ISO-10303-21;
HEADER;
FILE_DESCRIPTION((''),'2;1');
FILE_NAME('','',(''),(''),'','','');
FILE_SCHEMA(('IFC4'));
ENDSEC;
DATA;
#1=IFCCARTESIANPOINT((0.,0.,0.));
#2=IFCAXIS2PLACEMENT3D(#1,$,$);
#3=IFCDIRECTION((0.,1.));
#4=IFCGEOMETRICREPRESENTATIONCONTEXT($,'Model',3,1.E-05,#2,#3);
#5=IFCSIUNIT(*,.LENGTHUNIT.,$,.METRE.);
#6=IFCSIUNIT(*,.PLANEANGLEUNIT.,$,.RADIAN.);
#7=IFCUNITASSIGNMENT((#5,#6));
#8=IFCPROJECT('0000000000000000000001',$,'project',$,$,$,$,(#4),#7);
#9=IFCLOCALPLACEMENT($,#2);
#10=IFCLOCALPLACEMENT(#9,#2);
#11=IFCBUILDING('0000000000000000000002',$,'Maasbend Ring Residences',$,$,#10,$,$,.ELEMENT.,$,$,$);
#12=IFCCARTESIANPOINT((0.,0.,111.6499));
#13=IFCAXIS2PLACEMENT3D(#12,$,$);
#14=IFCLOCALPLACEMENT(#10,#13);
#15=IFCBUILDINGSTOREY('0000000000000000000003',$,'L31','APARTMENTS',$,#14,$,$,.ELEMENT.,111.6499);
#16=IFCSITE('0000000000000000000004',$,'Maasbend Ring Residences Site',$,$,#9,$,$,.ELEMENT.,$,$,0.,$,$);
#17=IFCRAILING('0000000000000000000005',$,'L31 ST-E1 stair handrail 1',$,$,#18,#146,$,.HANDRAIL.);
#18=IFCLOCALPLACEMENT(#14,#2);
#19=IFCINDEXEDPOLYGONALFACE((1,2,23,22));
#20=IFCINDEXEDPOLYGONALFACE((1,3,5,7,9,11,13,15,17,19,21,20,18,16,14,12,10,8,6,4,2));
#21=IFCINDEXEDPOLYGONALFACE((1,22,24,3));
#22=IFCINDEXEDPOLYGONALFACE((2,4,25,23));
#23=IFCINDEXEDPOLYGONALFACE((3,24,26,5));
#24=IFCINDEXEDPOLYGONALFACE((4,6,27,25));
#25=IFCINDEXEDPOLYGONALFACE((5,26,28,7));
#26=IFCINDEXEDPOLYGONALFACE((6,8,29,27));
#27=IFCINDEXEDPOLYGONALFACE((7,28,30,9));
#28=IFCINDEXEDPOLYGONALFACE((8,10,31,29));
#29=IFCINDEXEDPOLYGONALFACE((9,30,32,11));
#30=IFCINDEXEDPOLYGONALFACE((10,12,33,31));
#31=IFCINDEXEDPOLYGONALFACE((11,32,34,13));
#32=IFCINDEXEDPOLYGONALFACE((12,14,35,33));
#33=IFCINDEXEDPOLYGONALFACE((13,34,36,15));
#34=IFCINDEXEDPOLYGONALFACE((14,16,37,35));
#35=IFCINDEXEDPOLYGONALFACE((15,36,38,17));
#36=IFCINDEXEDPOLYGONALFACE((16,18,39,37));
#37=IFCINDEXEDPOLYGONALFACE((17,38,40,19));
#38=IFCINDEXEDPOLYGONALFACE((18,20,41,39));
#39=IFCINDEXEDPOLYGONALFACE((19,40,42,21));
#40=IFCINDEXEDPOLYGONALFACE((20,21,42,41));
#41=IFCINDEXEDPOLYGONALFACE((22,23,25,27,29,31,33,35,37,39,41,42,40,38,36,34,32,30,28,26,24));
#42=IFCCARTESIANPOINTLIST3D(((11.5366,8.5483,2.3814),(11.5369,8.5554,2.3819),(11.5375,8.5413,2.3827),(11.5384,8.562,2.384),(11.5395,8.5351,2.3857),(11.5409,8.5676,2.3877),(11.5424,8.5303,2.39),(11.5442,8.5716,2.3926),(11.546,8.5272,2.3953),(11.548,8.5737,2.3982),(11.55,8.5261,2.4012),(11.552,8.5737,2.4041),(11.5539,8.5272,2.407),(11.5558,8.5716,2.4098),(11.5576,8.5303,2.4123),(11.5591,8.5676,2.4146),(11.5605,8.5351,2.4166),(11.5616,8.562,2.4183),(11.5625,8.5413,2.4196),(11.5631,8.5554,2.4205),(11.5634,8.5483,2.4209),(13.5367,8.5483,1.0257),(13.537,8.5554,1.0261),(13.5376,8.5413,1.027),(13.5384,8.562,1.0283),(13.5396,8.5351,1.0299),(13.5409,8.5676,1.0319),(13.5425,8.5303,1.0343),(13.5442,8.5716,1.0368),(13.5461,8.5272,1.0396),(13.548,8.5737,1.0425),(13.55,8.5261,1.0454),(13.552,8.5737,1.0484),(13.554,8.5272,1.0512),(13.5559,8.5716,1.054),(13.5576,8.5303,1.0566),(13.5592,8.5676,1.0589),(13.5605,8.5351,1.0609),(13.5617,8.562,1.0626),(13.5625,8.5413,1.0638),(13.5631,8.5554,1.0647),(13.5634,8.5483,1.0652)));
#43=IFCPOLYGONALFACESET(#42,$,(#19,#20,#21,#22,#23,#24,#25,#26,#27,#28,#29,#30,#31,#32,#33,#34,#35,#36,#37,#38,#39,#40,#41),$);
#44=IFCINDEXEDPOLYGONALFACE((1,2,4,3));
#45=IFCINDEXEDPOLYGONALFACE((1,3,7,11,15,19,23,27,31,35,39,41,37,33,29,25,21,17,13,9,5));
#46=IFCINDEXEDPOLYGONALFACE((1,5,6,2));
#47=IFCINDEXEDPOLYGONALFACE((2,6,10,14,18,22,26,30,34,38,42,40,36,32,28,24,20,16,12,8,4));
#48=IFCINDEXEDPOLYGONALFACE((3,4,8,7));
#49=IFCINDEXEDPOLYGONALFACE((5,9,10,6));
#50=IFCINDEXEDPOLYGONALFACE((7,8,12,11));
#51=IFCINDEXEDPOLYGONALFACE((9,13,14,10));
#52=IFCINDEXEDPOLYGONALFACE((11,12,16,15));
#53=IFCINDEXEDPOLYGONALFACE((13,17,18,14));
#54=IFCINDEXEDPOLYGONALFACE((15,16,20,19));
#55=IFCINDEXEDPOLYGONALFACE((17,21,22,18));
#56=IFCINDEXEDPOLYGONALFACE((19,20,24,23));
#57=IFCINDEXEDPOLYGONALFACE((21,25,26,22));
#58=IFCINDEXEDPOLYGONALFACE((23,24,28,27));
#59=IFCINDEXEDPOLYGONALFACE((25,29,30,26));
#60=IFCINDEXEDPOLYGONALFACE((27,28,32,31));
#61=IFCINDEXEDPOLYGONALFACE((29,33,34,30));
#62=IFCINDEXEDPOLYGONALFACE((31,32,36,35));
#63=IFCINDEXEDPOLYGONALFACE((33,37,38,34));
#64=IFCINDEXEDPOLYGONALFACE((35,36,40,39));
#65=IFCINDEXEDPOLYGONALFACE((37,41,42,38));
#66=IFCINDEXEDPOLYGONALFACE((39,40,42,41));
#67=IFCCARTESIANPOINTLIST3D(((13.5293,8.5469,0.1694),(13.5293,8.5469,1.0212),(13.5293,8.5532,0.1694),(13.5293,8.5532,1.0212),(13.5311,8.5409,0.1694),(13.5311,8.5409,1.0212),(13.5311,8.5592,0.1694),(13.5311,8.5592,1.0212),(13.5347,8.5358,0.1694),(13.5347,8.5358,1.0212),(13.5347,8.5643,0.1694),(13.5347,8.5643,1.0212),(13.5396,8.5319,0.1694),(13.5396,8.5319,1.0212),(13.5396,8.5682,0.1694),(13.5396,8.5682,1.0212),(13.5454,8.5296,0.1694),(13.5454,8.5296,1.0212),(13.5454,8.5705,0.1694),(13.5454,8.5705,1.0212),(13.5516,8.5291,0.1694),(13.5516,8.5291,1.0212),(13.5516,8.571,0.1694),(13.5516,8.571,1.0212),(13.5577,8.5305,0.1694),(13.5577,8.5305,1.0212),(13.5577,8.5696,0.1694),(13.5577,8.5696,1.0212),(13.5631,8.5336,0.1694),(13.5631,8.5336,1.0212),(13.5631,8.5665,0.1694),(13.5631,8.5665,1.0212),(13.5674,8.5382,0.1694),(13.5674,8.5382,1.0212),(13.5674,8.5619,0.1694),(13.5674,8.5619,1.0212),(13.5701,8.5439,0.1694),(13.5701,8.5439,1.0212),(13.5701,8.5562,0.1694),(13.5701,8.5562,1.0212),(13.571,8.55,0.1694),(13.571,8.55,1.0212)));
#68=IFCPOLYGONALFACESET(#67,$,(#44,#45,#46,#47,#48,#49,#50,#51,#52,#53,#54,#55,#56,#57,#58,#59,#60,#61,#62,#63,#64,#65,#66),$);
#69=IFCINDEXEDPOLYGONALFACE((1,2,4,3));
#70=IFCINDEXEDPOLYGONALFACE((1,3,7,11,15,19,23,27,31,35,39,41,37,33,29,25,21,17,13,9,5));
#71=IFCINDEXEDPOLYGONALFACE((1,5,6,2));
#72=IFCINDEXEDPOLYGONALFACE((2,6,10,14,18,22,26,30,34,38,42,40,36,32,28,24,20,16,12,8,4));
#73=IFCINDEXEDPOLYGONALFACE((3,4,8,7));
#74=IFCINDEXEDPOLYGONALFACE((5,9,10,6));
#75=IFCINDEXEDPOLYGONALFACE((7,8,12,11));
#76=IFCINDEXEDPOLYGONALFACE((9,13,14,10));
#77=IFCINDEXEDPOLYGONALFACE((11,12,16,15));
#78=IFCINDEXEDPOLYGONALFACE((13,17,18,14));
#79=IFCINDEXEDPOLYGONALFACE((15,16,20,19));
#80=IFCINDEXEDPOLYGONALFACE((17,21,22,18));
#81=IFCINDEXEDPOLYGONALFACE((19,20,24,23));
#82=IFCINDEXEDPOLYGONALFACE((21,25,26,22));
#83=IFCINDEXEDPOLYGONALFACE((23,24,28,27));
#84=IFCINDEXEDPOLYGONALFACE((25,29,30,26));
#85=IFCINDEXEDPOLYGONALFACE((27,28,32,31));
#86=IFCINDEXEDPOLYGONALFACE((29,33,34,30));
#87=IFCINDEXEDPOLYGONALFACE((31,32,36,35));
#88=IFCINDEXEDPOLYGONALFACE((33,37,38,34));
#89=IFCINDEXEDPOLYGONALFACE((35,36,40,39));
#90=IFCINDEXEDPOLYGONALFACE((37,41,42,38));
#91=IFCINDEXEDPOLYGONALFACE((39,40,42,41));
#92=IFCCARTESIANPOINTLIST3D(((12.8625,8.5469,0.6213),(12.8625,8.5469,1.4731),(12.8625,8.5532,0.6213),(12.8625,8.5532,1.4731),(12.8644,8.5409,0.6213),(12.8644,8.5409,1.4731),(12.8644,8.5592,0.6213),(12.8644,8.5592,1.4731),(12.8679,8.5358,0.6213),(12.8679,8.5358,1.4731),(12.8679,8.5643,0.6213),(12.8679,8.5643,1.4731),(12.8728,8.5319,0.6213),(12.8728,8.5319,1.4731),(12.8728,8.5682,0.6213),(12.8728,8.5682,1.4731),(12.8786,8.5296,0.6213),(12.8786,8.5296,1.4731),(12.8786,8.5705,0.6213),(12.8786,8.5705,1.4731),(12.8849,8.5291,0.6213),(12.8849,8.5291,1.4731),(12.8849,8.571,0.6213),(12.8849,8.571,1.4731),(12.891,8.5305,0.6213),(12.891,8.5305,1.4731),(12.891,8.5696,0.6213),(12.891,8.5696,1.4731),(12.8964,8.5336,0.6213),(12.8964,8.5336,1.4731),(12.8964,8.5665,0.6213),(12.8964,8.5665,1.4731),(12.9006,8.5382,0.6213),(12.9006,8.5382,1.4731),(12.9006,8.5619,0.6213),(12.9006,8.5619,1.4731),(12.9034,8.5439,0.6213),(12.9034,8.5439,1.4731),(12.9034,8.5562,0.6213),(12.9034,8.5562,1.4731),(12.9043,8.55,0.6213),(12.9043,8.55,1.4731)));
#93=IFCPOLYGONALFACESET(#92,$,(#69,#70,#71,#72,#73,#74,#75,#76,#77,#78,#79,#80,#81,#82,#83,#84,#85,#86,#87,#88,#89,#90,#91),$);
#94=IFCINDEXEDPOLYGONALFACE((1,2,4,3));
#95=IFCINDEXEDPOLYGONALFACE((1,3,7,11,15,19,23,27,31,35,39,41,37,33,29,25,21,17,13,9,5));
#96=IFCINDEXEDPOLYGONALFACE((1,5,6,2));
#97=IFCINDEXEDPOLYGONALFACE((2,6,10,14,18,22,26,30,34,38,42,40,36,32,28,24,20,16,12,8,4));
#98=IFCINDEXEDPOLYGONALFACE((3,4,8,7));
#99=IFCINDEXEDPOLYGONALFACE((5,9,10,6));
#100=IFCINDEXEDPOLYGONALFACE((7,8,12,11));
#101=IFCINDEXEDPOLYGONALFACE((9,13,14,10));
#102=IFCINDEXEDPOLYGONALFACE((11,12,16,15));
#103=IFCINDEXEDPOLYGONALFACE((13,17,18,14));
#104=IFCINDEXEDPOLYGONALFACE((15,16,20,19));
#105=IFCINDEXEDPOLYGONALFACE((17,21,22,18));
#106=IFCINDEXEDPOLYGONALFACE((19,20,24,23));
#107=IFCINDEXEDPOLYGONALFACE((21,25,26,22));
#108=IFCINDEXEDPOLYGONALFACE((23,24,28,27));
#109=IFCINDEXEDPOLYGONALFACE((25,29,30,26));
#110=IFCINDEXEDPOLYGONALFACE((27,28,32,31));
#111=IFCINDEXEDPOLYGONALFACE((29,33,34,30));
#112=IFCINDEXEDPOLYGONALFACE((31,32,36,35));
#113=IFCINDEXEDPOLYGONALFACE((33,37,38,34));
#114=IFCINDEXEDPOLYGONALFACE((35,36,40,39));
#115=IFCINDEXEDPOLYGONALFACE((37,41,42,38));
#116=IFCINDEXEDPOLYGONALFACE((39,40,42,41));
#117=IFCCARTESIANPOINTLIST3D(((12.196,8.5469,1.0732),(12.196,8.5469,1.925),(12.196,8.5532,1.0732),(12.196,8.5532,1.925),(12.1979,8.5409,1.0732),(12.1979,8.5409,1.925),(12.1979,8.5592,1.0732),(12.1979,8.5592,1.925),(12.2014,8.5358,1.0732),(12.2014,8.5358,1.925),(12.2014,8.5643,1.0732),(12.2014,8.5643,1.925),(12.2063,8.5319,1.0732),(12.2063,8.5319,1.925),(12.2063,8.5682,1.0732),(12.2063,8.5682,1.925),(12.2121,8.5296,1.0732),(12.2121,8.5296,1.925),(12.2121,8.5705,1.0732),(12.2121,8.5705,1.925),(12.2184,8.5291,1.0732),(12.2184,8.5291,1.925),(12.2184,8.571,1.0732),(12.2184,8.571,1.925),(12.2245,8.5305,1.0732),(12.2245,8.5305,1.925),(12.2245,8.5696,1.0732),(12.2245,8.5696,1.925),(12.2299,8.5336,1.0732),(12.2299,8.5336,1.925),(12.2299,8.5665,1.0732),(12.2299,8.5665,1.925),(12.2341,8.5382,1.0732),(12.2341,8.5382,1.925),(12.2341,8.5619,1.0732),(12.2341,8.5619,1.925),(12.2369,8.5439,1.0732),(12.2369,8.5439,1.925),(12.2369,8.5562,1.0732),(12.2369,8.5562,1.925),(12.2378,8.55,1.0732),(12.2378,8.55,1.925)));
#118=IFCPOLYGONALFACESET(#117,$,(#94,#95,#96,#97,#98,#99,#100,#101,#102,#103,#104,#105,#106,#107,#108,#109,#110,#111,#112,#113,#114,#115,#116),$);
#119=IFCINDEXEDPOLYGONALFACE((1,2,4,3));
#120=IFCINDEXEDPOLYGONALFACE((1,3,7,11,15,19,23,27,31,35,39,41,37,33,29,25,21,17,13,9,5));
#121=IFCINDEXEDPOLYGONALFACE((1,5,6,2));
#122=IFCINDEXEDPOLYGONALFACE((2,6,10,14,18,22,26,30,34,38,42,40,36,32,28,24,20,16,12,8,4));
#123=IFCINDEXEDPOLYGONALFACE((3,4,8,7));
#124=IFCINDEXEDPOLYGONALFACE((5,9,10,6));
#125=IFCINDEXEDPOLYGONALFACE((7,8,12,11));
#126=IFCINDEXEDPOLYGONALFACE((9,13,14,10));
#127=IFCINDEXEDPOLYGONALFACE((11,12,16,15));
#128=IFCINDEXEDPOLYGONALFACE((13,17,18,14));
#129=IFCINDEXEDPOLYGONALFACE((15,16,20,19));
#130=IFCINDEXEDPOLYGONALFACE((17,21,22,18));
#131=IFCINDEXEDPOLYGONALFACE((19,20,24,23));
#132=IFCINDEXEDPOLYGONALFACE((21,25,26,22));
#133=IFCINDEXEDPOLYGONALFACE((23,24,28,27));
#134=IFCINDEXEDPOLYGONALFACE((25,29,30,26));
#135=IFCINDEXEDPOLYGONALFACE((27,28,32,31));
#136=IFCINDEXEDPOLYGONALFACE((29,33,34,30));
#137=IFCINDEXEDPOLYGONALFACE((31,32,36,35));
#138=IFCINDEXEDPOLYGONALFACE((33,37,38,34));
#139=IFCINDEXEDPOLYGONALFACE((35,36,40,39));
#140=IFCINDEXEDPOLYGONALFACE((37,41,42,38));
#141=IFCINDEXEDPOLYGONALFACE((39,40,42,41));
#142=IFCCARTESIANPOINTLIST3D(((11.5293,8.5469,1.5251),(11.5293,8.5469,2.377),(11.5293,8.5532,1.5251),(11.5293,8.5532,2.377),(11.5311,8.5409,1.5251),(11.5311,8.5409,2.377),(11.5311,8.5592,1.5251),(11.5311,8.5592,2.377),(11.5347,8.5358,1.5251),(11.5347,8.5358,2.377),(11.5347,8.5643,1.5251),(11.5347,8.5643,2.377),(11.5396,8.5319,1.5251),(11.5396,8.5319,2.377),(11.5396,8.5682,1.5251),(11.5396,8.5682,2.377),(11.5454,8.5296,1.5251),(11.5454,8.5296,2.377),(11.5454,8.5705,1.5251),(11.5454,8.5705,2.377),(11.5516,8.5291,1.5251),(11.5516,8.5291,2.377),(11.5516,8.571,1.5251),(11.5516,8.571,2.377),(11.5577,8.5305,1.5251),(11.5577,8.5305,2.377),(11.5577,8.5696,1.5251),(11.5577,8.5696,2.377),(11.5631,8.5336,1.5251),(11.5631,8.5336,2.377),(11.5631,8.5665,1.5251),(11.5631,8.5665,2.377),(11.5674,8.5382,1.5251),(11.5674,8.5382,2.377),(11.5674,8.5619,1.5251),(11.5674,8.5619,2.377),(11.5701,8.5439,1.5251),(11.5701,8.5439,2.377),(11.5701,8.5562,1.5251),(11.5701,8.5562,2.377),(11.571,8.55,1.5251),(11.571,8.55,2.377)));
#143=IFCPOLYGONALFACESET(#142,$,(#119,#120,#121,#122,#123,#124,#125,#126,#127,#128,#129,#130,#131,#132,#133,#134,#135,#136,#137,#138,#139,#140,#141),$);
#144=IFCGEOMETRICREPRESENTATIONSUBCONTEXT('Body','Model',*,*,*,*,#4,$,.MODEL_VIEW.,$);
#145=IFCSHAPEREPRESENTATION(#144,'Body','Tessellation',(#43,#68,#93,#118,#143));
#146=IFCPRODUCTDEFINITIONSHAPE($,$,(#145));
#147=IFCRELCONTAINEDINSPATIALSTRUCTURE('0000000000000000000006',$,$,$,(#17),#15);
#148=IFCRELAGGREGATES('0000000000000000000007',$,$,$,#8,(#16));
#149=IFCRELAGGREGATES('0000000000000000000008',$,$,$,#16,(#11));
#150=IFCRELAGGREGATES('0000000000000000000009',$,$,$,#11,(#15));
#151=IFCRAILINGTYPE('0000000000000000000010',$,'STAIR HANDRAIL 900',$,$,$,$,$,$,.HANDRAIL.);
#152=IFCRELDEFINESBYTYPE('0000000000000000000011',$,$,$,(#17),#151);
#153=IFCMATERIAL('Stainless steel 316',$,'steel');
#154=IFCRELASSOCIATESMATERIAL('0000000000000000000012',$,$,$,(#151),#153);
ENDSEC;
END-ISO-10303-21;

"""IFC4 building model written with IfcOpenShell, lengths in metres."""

from ifc_helpers import new_model, si_unit, direction, frame, origin, origin_2d, place, context, subcontext, project, spatial, circle, extrude, material, type_object, element, save


model = new_model("IFC4")

# Units and contexts
model_context = context("Model", 3, precision=1e-05, world=origin(), true_north=direction((0.0, 1.0)))
body_context = subcontext(model_context, "Body", "Model", "MODEL_VIEW")
ifc_project = project(units=[si_unit("LENGTHUNIT", "METRE"), si_unit("PLANEANGLEUNIT", "RADIAN")], contexts=[model_context])

# Site, building, storey
site_placement = place(None, origin())
site = spatial("IfcSite", under=ifc_project, at=site_placement, Name="Maasbend Ring Residences Site", CompositionType="ELEMENT", RefElevation=0.0)
building_placement = place(site_placement, origin())
building = spatial("IfcBuilding", under=site, at=building_placement, Name="Maasbend Ring Residences", CompositionType="ELEMENT")
storey_placement = place(building_placement, frame((0.0, 0.0, 111.6499)))
storey = spatial("IfcBuildingStorey", under=building, at=storey_placement, Name="L31", Description="APARTMENTS", CompositionType="ELEMENT", Elevation=111.6499)

# Railing
ifc_material_1 = material(Name="Stainless steel 316", Category="steel")
railing_type_1 = type_object("IfcRailingType", Name="STAIR HANDRAIL 900", PredefinedType="HANDRAIL", material=ifc_material_1)
railing_1_placement = place(storey_placement, frame((13.55, 8.55, 0.1694)))
element("IfcRailing", 1, at=railing_1_placement, inside=storey, type_object=railing_type_1, Name="L31 ST-E1 stair handrail 1", PredefinedType="HANDRAIL", context=body_context, shape_type="SweptSolid", body=[
    extrude(circle(Radius=0.0239, at=origin_2d()), frame((0.0, 0.0, 0.876), z_axis=(-0.827751, 0.0, 0.561096), x_axis=(0.0, -1.0, 0.0)), (0.0, 0.0, 1.0), 2.4163),
    extrude(circle(Radius=0.021, at=origin_2d()), origin(), (0.0, 0.0, 1.0), 0.8518),
    extrude(circle(Radius=0.021, at=origin_2d()), frame((-0.6667, 0.0, 0.4519)), (0.0, 0.0, 1.0), 0.8518),
    extrude(circle(Radius=0.021, at=origin_2d()), frame((-1.3333, 0.0, 0.9038)), (0.0, 0.0, 1.0), 0.8518),
    extrude(circle(Radius=0.021, at=origin_2d()), frame((-2.0, 0.0, 1.3557)), (0.0, 0.0, 1.0), 0.8518),
])

save(model, "model.ifc")
